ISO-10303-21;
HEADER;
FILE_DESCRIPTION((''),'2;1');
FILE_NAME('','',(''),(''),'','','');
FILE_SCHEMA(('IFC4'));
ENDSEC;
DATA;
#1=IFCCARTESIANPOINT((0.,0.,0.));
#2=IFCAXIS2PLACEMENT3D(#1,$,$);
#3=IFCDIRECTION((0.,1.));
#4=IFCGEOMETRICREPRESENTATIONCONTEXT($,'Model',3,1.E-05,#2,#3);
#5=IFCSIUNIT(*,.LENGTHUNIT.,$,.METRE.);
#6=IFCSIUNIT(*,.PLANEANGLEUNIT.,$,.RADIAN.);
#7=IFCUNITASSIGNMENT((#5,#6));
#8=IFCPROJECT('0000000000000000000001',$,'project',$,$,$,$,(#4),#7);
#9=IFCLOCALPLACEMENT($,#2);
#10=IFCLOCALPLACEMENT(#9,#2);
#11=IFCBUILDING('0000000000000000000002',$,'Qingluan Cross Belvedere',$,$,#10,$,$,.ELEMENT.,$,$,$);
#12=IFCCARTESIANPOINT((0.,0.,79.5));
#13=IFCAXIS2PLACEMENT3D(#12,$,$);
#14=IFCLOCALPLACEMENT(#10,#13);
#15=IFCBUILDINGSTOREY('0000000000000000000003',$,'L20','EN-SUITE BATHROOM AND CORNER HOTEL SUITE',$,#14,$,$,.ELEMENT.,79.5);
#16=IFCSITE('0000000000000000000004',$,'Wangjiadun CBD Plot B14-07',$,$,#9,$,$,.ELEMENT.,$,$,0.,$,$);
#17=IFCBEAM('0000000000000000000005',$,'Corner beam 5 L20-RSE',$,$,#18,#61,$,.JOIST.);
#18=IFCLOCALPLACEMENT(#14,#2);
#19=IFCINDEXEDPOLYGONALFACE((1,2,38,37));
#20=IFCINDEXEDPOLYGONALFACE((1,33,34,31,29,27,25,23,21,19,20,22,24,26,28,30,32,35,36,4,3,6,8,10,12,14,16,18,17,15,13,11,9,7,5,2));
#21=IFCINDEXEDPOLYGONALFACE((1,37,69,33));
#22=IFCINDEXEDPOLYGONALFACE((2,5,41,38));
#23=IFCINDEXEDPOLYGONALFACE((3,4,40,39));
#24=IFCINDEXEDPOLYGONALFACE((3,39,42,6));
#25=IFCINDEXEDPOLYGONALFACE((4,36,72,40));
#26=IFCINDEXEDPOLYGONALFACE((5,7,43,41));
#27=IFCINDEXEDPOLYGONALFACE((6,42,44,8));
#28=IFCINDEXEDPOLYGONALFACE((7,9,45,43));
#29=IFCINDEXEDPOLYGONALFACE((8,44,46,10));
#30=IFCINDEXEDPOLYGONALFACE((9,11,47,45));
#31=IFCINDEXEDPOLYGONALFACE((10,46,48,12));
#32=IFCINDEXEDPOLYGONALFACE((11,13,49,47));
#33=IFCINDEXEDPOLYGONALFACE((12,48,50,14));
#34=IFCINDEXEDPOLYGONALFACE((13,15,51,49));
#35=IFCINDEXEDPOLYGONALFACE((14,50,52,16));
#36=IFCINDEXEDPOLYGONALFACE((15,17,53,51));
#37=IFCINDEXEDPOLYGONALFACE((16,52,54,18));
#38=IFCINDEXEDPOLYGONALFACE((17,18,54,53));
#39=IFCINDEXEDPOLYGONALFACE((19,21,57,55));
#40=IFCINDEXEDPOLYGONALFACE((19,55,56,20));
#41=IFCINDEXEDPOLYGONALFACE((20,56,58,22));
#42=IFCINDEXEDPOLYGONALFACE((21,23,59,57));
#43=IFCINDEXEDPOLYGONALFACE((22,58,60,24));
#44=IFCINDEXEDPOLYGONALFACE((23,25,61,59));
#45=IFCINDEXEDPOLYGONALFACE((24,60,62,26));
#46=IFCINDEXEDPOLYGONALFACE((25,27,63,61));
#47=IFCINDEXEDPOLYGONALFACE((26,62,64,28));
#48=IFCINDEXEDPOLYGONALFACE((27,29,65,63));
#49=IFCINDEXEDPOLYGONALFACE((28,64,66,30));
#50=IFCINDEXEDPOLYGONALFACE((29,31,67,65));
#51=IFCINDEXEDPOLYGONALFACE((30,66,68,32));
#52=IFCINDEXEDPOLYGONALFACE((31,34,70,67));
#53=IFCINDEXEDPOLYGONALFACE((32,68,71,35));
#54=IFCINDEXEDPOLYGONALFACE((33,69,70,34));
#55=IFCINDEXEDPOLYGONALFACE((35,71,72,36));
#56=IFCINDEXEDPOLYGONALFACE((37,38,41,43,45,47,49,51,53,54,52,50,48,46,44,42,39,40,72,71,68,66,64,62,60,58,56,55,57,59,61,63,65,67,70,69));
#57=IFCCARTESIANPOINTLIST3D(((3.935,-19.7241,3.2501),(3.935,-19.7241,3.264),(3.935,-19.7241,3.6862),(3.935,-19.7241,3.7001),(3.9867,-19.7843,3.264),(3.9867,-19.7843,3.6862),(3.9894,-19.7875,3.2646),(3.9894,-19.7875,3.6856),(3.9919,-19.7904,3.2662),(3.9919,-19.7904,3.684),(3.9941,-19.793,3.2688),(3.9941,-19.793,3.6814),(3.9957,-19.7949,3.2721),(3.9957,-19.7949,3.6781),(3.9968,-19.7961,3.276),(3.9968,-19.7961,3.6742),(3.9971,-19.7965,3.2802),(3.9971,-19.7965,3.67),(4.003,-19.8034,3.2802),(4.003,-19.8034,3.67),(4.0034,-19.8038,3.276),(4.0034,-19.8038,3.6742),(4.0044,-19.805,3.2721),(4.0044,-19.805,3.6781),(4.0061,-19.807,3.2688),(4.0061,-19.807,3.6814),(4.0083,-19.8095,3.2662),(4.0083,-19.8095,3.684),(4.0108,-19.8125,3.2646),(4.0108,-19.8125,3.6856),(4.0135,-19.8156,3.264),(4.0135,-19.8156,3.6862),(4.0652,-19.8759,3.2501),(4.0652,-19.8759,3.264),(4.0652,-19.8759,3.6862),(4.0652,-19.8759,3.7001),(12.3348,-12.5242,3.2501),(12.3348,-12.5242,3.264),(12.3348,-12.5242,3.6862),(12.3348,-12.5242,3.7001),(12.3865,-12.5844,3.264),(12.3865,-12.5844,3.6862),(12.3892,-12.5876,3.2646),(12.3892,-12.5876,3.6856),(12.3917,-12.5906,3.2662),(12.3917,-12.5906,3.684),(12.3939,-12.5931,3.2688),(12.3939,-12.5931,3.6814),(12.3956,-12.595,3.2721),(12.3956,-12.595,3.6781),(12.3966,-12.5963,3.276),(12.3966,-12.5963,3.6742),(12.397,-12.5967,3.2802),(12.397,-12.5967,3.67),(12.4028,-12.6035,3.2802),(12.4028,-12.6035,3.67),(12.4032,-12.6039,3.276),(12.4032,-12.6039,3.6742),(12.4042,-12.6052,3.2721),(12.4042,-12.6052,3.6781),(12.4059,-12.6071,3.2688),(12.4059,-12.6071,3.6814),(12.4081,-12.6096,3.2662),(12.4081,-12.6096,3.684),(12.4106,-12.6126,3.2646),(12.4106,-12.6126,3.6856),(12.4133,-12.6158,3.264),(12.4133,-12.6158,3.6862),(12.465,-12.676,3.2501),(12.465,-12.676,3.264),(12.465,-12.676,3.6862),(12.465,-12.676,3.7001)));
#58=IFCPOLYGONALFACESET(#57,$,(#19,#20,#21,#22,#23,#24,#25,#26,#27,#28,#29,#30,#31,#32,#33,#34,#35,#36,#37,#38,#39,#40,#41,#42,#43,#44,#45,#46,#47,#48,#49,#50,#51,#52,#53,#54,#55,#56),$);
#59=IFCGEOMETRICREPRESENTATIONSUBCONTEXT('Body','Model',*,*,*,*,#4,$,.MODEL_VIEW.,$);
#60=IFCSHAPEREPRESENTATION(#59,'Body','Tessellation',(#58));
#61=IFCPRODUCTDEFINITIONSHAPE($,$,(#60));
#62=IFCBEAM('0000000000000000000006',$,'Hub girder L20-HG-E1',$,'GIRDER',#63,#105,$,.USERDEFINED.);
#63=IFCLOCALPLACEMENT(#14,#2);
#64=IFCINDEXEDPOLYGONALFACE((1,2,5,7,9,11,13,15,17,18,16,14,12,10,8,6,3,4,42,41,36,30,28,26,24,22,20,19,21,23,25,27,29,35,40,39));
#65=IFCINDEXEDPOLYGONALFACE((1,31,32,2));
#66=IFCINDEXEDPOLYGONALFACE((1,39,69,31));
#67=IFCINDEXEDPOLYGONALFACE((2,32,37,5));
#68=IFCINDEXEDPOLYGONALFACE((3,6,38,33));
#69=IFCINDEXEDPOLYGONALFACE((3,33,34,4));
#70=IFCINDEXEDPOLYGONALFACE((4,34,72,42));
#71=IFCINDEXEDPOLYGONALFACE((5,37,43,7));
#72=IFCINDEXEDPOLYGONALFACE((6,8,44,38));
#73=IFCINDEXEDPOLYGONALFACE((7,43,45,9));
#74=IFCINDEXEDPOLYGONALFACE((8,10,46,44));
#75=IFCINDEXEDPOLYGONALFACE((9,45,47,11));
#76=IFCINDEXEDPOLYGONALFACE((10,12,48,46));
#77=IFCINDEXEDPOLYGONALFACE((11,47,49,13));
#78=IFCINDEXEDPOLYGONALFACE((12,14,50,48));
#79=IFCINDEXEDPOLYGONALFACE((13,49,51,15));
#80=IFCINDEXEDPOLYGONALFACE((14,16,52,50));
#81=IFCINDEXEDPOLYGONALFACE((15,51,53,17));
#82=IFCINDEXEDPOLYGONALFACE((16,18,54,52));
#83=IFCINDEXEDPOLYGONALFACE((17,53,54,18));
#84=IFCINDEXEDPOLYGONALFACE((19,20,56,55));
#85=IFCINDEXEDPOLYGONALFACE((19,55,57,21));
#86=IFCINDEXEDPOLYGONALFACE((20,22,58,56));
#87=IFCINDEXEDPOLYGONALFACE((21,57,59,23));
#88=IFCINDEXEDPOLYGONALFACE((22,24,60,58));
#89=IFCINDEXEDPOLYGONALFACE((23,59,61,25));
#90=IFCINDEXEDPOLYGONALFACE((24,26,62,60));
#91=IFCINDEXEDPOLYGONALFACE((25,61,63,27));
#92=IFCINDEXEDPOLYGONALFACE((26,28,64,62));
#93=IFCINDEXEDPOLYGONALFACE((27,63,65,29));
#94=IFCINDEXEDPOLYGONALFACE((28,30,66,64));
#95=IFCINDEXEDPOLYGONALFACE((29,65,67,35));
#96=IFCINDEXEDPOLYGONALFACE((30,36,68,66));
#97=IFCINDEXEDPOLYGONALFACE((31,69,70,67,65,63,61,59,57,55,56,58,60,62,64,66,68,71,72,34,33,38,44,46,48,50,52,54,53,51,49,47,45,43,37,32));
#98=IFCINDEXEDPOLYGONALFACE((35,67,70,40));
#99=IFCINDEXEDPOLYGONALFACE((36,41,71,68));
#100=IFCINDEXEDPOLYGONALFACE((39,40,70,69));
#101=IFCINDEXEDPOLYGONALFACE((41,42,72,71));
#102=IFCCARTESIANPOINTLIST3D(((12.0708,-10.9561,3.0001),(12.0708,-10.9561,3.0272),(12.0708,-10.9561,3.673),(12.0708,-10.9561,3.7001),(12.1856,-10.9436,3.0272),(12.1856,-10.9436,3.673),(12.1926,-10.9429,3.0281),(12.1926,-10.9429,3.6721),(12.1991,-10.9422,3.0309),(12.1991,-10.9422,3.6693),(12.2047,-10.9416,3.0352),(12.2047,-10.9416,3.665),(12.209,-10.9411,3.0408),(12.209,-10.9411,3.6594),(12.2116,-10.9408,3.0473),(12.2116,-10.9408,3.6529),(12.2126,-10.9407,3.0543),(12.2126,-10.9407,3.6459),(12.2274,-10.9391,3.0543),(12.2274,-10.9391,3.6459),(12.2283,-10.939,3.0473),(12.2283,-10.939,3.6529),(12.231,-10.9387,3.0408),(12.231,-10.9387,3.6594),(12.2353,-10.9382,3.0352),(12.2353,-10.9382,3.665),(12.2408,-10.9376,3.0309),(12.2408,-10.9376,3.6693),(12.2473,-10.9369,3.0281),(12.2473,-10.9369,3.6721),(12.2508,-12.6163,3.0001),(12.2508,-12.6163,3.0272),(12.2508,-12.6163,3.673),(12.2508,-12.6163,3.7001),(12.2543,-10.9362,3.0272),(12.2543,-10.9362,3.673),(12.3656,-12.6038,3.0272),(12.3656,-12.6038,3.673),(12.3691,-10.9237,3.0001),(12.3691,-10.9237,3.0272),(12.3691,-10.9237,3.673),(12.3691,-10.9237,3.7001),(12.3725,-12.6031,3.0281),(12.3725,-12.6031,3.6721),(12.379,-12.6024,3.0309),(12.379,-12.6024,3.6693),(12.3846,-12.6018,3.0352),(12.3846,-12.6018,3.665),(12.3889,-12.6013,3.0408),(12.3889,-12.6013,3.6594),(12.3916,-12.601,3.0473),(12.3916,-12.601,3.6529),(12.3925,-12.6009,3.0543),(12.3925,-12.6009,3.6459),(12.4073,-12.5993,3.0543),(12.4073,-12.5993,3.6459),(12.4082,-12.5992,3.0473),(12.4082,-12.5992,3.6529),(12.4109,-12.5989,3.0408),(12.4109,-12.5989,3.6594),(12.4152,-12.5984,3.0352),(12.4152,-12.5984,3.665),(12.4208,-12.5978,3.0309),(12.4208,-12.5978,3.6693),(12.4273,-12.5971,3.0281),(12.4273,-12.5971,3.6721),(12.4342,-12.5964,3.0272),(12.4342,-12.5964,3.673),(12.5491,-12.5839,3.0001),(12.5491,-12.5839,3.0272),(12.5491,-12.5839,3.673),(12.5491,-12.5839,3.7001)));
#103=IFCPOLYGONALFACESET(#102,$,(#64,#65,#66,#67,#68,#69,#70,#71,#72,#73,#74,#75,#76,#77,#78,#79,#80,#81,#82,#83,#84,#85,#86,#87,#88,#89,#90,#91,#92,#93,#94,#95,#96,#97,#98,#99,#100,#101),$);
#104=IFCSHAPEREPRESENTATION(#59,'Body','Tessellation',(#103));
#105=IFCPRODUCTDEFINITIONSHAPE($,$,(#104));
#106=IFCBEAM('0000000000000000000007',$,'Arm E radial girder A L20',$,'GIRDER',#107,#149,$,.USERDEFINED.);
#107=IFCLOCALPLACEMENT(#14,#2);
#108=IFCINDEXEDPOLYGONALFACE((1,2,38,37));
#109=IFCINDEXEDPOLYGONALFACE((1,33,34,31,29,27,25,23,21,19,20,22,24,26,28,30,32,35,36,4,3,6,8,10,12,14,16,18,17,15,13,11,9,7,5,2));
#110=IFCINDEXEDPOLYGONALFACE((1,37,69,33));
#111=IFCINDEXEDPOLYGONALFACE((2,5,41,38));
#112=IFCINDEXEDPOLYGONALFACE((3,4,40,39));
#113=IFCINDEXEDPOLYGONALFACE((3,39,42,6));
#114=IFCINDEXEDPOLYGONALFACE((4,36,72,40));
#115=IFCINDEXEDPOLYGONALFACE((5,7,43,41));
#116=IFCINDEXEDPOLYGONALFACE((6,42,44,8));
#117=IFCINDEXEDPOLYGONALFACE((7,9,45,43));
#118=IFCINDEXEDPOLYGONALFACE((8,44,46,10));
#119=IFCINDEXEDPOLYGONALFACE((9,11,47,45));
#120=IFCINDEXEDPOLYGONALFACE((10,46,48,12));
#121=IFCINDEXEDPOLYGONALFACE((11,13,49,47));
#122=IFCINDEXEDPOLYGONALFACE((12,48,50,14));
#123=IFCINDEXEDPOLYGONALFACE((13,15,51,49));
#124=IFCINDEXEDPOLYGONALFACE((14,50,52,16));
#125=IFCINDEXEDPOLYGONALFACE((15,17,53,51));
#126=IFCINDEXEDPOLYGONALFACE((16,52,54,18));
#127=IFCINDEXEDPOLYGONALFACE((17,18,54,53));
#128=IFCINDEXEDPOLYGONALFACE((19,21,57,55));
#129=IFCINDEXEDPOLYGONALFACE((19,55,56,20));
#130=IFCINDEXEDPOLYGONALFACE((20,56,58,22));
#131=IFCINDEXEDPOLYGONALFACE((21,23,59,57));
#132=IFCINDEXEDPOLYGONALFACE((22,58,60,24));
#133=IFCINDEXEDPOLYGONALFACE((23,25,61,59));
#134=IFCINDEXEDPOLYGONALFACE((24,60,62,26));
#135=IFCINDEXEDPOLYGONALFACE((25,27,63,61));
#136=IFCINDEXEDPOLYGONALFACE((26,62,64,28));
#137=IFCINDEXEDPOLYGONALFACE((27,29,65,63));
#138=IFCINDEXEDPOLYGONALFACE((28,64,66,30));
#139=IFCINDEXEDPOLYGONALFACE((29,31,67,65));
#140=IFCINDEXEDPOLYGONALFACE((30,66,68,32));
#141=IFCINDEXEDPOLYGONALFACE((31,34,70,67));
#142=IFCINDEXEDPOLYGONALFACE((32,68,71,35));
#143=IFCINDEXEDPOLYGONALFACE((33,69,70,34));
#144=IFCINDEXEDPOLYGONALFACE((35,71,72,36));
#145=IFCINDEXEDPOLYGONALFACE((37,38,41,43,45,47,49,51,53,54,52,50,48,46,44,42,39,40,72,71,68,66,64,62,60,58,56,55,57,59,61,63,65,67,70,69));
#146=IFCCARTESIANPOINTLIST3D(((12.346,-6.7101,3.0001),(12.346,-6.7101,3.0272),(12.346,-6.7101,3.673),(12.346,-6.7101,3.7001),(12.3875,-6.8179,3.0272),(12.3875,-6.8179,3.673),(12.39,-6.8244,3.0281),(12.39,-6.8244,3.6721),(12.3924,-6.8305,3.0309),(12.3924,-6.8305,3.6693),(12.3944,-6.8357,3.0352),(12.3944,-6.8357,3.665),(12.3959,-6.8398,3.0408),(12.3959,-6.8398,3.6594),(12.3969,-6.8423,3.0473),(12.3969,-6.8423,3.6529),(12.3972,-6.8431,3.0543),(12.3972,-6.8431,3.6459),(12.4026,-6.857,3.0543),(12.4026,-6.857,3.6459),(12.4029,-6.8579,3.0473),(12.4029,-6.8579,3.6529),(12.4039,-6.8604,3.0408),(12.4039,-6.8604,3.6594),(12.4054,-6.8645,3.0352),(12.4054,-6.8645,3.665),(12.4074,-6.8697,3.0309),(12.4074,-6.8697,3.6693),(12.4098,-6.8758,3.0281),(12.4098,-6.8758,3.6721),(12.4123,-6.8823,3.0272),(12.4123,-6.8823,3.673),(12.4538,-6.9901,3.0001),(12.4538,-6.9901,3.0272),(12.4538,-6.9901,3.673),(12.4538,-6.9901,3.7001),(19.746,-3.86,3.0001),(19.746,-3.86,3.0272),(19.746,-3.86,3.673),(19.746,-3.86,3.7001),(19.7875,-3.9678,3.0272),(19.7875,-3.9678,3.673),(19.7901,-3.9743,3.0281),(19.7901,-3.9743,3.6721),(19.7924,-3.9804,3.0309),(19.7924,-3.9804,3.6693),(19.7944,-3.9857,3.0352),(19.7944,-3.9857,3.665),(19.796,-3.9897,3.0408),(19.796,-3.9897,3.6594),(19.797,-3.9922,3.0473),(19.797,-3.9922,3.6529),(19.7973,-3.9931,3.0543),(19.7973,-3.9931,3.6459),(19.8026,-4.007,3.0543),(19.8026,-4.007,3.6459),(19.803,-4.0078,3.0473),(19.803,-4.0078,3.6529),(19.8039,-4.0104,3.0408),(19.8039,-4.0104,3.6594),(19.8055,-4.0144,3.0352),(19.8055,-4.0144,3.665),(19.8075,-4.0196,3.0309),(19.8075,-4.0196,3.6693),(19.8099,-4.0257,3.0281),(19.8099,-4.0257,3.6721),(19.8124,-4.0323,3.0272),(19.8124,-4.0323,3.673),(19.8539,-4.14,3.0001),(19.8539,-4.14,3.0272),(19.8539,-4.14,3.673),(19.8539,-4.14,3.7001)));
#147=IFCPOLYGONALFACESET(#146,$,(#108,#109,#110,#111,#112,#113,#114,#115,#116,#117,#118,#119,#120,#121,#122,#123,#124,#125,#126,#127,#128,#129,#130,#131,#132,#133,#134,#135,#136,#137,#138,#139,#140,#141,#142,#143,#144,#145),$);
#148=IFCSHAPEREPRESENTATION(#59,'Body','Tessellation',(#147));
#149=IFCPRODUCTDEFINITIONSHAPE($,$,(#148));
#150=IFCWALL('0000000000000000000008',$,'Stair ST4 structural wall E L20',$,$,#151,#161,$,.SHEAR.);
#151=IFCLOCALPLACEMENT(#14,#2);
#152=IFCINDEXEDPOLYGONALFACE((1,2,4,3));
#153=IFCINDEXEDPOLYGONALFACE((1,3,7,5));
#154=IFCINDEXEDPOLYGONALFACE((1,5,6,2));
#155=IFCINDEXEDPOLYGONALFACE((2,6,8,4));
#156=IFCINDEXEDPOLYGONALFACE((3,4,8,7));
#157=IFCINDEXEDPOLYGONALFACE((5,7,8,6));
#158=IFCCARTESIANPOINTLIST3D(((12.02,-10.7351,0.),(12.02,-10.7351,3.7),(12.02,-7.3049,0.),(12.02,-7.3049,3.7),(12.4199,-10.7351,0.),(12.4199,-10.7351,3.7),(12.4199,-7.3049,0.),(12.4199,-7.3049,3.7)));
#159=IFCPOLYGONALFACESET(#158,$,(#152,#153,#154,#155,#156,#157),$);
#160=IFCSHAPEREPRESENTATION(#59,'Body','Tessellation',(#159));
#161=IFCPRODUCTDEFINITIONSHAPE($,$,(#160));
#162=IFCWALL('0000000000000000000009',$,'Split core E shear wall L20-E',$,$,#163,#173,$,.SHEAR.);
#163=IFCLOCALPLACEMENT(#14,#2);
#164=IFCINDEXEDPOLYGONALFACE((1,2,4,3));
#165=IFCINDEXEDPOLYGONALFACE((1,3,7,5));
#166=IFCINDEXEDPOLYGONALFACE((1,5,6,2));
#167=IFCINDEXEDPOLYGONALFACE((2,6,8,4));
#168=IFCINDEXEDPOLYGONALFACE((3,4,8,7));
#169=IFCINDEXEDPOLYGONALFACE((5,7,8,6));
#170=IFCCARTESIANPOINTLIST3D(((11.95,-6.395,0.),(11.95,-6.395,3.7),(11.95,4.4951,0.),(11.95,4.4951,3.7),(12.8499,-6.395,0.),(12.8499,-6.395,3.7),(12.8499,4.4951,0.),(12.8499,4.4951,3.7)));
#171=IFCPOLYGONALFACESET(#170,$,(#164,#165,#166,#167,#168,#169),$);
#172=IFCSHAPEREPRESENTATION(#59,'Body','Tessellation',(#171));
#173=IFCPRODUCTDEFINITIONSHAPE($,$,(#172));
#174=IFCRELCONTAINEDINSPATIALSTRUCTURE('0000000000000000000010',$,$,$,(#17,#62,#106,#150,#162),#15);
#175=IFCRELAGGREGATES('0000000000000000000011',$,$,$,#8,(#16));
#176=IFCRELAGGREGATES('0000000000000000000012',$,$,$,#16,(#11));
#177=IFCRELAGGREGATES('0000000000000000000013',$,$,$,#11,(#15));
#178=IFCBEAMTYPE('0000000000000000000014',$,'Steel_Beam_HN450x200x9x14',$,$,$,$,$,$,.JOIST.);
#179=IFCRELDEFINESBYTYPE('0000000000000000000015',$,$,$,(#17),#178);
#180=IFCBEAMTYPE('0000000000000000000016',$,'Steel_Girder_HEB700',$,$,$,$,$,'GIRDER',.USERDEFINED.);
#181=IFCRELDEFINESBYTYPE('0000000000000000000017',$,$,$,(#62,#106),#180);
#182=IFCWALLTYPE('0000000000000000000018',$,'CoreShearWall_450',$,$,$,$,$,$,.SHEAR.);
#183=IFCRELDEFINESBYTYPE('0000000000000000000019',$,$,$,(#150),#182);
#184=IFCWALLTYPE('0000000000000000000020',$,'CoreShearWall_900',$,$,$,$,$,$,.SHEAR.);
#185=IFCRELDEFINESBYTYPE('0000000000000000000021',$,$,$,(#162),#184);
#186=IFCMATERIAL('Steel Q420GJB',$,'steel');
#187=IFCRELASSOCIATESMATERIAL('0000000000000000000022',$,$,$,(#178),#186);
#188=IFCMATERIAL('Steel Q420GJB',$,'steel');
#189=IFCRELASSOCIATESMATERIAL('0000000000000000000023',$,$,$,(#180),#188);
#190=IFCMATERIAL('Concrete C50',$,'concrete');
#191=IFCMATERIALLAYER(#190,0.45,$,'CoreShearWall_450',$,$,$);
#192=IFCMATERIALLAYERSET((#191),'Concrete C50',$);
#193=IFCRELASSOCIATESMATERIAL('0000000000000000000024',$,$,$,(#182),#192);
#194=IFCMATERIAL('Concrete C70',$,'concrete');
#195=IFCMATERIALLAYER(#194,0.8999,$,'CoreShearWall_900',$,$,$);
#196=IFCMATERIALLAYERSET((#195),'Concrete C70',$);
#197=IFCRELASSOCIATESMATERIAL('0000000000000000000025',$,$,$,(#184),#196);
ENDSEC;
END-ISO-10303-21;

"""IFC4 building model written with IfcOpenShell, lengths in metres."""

from ifc_helpers import new_model, si_unit, direction, frame, frame_2d, origin, origin_2d, place, context, subcontext, project, spatial, rectangle, i_section, extrude, material, layer, layer_set, material_profile, profile_set, type_object, element, save


model = new_model("IFC4")

# Units and contexts
model_context = context("Model", 3, precision=1e-05, world=origin(), true_north=direction((0.0, 1.0)))
body_context = subcontext(model_context, "Body", "Model", "MODEL_VIEW")
ifc_project = project(units=[si_unit("LENGTHUNIT", "METRE"), si_unit("PLANEANGLEUNIT", "RADIAN")], contexts=[model_context])

# Site, building, storey
site_placement = place(None, origin())
site = spatial("IfcSite", under=ifc_project, at=site_placement, Name="Wangjiadun CBD Plot B14-07", CompositionType="ELEMENT", RefElevation=0.0)
building_placement = place(site_placement, origin())
building = spatial("IfcBuilding", under=site, at=building_placement, Name="Qingluan Cross Belvedere", CompositionType="ELEMENT")
storey_placement = place(building_placement, frame((0.0, 0.0, 79.5)))
storey = spatial("IfcBuildingStorey", under=building, at=storey_placement, Name="L20", Description="EN-SUITE BATHROOM AND CORNER HOTEL SUITE", CompositionType="ELEMENT", Elevation=79.5)

# Beams
ifc_material_1 = material(Name="Steel Q420GJB", Category="steel")
ifc_material_profile_1 = material_profile(ifc_material_1, i_section(OverallWidth=0.2, OverallDepth=0.45, WebThickness=0.009, FlangeThickness=0.0139, FilletRadius=0.0161, at=origin_2d()), Name="HN450x200x9x14")
ifc_profile_set_1 = profile_set([ifc_material_profile_1], Name="Steel Q420GJB")
beam_type_1 = type_object("IfcBeamType", Name="Steel_Beam_HN450x200x9x14", PredefinedType="JOIST", material=ifc_profile_set_1)
beam_1_placement = place(storey_placement, frame((12.3999, -12.6001, 3.4751), z_axis=(-0.759255, -0.650793, 0.0), x_axis=(0.650793, -0.759255, 0.0)))
element("IfcBeam", 1, at=beam_1_placement, inside=storey, type_object=beam_type_1, Name="Corner beam 5 L20-RSE", PredefinedType="JOIST", context=body_context, shape_type="SweptSolid", body=[
    extrude(i_section(OverallWidth=0.2, OverallDepth=0.45, WebThickness=0.009, FlangeThickness=0.0139, FilletRadius=0.0161, at=origin_2d()), origin(), (0.0, 0.0, 1.0), 11.0632),
])
ifc_material_2 = material(Name="Steel Q420GJB", Category="steel")
ifc_material_profile_2 = material_profile(ifc_material_2, i_section(OverallWidth=0.3, OverallDepth=0.7, WebThickness=0.0149, FlangeThickness=0.0271, FilletRadius=0.0271, at=origin_2d()), Name="HEB700")
ifc_profile_set_2 = profile_set([ifc_material_profile_2], Name="Steel Q420GJB")
beam_type_2 = type_object("IfcBeamType", Name="Steel_Girder_HEB700", ElementType="GIRDER", PredefinedType="USERDEFINED", material=ifc_profile_set_2)
beam_2_placement = place(storey_placement, frame((12.3999, -12.6001, 3.3501), z_axis=(-0.107751, 0.994178, 0.0), x_axis=(-0.994178, -0.107751, 0.0)))
element("IfcBeam", 2, at=beam_2_placement, inside=storey, type_object=beam_type_2, Name="Hub girder L20-HG-E1", ObjectType="GIRDER", PredefinedType="USERDEFINED", context=body_context, shape_type="SweptSolid", body=[
    extrude(i_section(OverallWidth=0.3, OverallDepth=0.7, WebThickness=0.0149, FlangeThickness=0.0271, FilletRadius=0.0271, at=origin_2d()), origin(), (0.0, 0.0, 1.0), 1.6699),
])
beam_3_placement = place(storey_placement, frame((12.3999, -6.8501, 3.3501), z_axis=(0.933181, 0.359406, 0.0), x_axis=(-0.359406, 0.933181, 0.0)))
element("IfcBeam", 3, at=beam_3_placement, inside=storey, type_object=beam_type_2, Name="Arm E radial girder A L20", ObjectType="GIRDER", PredefinedType="USERDEFINED", context=body_context, shape_type="SweptSolid", body=[
    extrude(i_section(OverallWidth=0.3, OverallDepth=0.7, WebThickness=0.0149, FlangeThickness=0.0271, FilletRadius=0.0271, at=origin_2d()), origin(), (0.0, 0.0, 1.0), 7.9299),
])

# Walls
ifc_material_3 = material(Name="Concrete C50", Category="concrete")
ifc_layer_1 = layer(ifc_material_3, 0.45, Name="CoreShearWall_450")
ifc_layer_set_1 = layer_set([ifc_layer_1], Name="Concrete C50")
wall_type_1 = type_object("IfcWallType", Name="CoreShearWall_450", PredefinedType="SHEAR", material=ifc_layer_set_1)
wall_1_placement = place(storey_placement, frame((12.22, -10.7351, 0.0), z_axis=(0.0, 0.0, 1.0), x_axis=(0.0, 1.0, 0.0)))
element("IfcWall", 4, at=wall_1_placement, inside=storey, type_object=wall_type_1, Name="Stair ST4 structural wall E L20", PredefinedType="SHEAR", context=body_context, shape_type="SweptSolid", body=[
    extrude(rectangle(XDim=3.4302, YDim=0.3999, at=frame_2d((1.7151, 0.0))), origin(), (0.0, 0.0, 1.0), 3.7),
])
ifc_material_4 = material(Name="Concrete C70", Category="concrete")
ifc_layer_2 = layer(ifc_material_4, 0.8999, Name="CoreShearWall_900")
ifc_layer_set_2 = layer_set([ifc_layer_2], Name="Concrete C70")
wall_type_2 = type_object("IfcWallType", Name="CoreShearWall_900", PredefinedType="SHEAR", material=ifc_layer_set_2)
wall_2_placement = place(storey_placement, frame((12.3999, -6.395, 0.0), z_axis=(0.0, 0.0, 1.0), x_axis=(0.0, 1.0, 0.0)))
element("IfcWall", 5, at=wall_2_placement, inside=storey, type_object=wall_type_2, Name="Split core E shear wall L20-E", PredefinedType="SHEAR", context=body_context, shape_type="SweptSolid", body=[
    extrude(rectangle(XDim=10.8901, YDim=0.8999, at=frame_2d((5.4451, 0.0))), origin(), (0.0, 0.0, 1.0), 3.7),
])

save(model, "model.ifc")
